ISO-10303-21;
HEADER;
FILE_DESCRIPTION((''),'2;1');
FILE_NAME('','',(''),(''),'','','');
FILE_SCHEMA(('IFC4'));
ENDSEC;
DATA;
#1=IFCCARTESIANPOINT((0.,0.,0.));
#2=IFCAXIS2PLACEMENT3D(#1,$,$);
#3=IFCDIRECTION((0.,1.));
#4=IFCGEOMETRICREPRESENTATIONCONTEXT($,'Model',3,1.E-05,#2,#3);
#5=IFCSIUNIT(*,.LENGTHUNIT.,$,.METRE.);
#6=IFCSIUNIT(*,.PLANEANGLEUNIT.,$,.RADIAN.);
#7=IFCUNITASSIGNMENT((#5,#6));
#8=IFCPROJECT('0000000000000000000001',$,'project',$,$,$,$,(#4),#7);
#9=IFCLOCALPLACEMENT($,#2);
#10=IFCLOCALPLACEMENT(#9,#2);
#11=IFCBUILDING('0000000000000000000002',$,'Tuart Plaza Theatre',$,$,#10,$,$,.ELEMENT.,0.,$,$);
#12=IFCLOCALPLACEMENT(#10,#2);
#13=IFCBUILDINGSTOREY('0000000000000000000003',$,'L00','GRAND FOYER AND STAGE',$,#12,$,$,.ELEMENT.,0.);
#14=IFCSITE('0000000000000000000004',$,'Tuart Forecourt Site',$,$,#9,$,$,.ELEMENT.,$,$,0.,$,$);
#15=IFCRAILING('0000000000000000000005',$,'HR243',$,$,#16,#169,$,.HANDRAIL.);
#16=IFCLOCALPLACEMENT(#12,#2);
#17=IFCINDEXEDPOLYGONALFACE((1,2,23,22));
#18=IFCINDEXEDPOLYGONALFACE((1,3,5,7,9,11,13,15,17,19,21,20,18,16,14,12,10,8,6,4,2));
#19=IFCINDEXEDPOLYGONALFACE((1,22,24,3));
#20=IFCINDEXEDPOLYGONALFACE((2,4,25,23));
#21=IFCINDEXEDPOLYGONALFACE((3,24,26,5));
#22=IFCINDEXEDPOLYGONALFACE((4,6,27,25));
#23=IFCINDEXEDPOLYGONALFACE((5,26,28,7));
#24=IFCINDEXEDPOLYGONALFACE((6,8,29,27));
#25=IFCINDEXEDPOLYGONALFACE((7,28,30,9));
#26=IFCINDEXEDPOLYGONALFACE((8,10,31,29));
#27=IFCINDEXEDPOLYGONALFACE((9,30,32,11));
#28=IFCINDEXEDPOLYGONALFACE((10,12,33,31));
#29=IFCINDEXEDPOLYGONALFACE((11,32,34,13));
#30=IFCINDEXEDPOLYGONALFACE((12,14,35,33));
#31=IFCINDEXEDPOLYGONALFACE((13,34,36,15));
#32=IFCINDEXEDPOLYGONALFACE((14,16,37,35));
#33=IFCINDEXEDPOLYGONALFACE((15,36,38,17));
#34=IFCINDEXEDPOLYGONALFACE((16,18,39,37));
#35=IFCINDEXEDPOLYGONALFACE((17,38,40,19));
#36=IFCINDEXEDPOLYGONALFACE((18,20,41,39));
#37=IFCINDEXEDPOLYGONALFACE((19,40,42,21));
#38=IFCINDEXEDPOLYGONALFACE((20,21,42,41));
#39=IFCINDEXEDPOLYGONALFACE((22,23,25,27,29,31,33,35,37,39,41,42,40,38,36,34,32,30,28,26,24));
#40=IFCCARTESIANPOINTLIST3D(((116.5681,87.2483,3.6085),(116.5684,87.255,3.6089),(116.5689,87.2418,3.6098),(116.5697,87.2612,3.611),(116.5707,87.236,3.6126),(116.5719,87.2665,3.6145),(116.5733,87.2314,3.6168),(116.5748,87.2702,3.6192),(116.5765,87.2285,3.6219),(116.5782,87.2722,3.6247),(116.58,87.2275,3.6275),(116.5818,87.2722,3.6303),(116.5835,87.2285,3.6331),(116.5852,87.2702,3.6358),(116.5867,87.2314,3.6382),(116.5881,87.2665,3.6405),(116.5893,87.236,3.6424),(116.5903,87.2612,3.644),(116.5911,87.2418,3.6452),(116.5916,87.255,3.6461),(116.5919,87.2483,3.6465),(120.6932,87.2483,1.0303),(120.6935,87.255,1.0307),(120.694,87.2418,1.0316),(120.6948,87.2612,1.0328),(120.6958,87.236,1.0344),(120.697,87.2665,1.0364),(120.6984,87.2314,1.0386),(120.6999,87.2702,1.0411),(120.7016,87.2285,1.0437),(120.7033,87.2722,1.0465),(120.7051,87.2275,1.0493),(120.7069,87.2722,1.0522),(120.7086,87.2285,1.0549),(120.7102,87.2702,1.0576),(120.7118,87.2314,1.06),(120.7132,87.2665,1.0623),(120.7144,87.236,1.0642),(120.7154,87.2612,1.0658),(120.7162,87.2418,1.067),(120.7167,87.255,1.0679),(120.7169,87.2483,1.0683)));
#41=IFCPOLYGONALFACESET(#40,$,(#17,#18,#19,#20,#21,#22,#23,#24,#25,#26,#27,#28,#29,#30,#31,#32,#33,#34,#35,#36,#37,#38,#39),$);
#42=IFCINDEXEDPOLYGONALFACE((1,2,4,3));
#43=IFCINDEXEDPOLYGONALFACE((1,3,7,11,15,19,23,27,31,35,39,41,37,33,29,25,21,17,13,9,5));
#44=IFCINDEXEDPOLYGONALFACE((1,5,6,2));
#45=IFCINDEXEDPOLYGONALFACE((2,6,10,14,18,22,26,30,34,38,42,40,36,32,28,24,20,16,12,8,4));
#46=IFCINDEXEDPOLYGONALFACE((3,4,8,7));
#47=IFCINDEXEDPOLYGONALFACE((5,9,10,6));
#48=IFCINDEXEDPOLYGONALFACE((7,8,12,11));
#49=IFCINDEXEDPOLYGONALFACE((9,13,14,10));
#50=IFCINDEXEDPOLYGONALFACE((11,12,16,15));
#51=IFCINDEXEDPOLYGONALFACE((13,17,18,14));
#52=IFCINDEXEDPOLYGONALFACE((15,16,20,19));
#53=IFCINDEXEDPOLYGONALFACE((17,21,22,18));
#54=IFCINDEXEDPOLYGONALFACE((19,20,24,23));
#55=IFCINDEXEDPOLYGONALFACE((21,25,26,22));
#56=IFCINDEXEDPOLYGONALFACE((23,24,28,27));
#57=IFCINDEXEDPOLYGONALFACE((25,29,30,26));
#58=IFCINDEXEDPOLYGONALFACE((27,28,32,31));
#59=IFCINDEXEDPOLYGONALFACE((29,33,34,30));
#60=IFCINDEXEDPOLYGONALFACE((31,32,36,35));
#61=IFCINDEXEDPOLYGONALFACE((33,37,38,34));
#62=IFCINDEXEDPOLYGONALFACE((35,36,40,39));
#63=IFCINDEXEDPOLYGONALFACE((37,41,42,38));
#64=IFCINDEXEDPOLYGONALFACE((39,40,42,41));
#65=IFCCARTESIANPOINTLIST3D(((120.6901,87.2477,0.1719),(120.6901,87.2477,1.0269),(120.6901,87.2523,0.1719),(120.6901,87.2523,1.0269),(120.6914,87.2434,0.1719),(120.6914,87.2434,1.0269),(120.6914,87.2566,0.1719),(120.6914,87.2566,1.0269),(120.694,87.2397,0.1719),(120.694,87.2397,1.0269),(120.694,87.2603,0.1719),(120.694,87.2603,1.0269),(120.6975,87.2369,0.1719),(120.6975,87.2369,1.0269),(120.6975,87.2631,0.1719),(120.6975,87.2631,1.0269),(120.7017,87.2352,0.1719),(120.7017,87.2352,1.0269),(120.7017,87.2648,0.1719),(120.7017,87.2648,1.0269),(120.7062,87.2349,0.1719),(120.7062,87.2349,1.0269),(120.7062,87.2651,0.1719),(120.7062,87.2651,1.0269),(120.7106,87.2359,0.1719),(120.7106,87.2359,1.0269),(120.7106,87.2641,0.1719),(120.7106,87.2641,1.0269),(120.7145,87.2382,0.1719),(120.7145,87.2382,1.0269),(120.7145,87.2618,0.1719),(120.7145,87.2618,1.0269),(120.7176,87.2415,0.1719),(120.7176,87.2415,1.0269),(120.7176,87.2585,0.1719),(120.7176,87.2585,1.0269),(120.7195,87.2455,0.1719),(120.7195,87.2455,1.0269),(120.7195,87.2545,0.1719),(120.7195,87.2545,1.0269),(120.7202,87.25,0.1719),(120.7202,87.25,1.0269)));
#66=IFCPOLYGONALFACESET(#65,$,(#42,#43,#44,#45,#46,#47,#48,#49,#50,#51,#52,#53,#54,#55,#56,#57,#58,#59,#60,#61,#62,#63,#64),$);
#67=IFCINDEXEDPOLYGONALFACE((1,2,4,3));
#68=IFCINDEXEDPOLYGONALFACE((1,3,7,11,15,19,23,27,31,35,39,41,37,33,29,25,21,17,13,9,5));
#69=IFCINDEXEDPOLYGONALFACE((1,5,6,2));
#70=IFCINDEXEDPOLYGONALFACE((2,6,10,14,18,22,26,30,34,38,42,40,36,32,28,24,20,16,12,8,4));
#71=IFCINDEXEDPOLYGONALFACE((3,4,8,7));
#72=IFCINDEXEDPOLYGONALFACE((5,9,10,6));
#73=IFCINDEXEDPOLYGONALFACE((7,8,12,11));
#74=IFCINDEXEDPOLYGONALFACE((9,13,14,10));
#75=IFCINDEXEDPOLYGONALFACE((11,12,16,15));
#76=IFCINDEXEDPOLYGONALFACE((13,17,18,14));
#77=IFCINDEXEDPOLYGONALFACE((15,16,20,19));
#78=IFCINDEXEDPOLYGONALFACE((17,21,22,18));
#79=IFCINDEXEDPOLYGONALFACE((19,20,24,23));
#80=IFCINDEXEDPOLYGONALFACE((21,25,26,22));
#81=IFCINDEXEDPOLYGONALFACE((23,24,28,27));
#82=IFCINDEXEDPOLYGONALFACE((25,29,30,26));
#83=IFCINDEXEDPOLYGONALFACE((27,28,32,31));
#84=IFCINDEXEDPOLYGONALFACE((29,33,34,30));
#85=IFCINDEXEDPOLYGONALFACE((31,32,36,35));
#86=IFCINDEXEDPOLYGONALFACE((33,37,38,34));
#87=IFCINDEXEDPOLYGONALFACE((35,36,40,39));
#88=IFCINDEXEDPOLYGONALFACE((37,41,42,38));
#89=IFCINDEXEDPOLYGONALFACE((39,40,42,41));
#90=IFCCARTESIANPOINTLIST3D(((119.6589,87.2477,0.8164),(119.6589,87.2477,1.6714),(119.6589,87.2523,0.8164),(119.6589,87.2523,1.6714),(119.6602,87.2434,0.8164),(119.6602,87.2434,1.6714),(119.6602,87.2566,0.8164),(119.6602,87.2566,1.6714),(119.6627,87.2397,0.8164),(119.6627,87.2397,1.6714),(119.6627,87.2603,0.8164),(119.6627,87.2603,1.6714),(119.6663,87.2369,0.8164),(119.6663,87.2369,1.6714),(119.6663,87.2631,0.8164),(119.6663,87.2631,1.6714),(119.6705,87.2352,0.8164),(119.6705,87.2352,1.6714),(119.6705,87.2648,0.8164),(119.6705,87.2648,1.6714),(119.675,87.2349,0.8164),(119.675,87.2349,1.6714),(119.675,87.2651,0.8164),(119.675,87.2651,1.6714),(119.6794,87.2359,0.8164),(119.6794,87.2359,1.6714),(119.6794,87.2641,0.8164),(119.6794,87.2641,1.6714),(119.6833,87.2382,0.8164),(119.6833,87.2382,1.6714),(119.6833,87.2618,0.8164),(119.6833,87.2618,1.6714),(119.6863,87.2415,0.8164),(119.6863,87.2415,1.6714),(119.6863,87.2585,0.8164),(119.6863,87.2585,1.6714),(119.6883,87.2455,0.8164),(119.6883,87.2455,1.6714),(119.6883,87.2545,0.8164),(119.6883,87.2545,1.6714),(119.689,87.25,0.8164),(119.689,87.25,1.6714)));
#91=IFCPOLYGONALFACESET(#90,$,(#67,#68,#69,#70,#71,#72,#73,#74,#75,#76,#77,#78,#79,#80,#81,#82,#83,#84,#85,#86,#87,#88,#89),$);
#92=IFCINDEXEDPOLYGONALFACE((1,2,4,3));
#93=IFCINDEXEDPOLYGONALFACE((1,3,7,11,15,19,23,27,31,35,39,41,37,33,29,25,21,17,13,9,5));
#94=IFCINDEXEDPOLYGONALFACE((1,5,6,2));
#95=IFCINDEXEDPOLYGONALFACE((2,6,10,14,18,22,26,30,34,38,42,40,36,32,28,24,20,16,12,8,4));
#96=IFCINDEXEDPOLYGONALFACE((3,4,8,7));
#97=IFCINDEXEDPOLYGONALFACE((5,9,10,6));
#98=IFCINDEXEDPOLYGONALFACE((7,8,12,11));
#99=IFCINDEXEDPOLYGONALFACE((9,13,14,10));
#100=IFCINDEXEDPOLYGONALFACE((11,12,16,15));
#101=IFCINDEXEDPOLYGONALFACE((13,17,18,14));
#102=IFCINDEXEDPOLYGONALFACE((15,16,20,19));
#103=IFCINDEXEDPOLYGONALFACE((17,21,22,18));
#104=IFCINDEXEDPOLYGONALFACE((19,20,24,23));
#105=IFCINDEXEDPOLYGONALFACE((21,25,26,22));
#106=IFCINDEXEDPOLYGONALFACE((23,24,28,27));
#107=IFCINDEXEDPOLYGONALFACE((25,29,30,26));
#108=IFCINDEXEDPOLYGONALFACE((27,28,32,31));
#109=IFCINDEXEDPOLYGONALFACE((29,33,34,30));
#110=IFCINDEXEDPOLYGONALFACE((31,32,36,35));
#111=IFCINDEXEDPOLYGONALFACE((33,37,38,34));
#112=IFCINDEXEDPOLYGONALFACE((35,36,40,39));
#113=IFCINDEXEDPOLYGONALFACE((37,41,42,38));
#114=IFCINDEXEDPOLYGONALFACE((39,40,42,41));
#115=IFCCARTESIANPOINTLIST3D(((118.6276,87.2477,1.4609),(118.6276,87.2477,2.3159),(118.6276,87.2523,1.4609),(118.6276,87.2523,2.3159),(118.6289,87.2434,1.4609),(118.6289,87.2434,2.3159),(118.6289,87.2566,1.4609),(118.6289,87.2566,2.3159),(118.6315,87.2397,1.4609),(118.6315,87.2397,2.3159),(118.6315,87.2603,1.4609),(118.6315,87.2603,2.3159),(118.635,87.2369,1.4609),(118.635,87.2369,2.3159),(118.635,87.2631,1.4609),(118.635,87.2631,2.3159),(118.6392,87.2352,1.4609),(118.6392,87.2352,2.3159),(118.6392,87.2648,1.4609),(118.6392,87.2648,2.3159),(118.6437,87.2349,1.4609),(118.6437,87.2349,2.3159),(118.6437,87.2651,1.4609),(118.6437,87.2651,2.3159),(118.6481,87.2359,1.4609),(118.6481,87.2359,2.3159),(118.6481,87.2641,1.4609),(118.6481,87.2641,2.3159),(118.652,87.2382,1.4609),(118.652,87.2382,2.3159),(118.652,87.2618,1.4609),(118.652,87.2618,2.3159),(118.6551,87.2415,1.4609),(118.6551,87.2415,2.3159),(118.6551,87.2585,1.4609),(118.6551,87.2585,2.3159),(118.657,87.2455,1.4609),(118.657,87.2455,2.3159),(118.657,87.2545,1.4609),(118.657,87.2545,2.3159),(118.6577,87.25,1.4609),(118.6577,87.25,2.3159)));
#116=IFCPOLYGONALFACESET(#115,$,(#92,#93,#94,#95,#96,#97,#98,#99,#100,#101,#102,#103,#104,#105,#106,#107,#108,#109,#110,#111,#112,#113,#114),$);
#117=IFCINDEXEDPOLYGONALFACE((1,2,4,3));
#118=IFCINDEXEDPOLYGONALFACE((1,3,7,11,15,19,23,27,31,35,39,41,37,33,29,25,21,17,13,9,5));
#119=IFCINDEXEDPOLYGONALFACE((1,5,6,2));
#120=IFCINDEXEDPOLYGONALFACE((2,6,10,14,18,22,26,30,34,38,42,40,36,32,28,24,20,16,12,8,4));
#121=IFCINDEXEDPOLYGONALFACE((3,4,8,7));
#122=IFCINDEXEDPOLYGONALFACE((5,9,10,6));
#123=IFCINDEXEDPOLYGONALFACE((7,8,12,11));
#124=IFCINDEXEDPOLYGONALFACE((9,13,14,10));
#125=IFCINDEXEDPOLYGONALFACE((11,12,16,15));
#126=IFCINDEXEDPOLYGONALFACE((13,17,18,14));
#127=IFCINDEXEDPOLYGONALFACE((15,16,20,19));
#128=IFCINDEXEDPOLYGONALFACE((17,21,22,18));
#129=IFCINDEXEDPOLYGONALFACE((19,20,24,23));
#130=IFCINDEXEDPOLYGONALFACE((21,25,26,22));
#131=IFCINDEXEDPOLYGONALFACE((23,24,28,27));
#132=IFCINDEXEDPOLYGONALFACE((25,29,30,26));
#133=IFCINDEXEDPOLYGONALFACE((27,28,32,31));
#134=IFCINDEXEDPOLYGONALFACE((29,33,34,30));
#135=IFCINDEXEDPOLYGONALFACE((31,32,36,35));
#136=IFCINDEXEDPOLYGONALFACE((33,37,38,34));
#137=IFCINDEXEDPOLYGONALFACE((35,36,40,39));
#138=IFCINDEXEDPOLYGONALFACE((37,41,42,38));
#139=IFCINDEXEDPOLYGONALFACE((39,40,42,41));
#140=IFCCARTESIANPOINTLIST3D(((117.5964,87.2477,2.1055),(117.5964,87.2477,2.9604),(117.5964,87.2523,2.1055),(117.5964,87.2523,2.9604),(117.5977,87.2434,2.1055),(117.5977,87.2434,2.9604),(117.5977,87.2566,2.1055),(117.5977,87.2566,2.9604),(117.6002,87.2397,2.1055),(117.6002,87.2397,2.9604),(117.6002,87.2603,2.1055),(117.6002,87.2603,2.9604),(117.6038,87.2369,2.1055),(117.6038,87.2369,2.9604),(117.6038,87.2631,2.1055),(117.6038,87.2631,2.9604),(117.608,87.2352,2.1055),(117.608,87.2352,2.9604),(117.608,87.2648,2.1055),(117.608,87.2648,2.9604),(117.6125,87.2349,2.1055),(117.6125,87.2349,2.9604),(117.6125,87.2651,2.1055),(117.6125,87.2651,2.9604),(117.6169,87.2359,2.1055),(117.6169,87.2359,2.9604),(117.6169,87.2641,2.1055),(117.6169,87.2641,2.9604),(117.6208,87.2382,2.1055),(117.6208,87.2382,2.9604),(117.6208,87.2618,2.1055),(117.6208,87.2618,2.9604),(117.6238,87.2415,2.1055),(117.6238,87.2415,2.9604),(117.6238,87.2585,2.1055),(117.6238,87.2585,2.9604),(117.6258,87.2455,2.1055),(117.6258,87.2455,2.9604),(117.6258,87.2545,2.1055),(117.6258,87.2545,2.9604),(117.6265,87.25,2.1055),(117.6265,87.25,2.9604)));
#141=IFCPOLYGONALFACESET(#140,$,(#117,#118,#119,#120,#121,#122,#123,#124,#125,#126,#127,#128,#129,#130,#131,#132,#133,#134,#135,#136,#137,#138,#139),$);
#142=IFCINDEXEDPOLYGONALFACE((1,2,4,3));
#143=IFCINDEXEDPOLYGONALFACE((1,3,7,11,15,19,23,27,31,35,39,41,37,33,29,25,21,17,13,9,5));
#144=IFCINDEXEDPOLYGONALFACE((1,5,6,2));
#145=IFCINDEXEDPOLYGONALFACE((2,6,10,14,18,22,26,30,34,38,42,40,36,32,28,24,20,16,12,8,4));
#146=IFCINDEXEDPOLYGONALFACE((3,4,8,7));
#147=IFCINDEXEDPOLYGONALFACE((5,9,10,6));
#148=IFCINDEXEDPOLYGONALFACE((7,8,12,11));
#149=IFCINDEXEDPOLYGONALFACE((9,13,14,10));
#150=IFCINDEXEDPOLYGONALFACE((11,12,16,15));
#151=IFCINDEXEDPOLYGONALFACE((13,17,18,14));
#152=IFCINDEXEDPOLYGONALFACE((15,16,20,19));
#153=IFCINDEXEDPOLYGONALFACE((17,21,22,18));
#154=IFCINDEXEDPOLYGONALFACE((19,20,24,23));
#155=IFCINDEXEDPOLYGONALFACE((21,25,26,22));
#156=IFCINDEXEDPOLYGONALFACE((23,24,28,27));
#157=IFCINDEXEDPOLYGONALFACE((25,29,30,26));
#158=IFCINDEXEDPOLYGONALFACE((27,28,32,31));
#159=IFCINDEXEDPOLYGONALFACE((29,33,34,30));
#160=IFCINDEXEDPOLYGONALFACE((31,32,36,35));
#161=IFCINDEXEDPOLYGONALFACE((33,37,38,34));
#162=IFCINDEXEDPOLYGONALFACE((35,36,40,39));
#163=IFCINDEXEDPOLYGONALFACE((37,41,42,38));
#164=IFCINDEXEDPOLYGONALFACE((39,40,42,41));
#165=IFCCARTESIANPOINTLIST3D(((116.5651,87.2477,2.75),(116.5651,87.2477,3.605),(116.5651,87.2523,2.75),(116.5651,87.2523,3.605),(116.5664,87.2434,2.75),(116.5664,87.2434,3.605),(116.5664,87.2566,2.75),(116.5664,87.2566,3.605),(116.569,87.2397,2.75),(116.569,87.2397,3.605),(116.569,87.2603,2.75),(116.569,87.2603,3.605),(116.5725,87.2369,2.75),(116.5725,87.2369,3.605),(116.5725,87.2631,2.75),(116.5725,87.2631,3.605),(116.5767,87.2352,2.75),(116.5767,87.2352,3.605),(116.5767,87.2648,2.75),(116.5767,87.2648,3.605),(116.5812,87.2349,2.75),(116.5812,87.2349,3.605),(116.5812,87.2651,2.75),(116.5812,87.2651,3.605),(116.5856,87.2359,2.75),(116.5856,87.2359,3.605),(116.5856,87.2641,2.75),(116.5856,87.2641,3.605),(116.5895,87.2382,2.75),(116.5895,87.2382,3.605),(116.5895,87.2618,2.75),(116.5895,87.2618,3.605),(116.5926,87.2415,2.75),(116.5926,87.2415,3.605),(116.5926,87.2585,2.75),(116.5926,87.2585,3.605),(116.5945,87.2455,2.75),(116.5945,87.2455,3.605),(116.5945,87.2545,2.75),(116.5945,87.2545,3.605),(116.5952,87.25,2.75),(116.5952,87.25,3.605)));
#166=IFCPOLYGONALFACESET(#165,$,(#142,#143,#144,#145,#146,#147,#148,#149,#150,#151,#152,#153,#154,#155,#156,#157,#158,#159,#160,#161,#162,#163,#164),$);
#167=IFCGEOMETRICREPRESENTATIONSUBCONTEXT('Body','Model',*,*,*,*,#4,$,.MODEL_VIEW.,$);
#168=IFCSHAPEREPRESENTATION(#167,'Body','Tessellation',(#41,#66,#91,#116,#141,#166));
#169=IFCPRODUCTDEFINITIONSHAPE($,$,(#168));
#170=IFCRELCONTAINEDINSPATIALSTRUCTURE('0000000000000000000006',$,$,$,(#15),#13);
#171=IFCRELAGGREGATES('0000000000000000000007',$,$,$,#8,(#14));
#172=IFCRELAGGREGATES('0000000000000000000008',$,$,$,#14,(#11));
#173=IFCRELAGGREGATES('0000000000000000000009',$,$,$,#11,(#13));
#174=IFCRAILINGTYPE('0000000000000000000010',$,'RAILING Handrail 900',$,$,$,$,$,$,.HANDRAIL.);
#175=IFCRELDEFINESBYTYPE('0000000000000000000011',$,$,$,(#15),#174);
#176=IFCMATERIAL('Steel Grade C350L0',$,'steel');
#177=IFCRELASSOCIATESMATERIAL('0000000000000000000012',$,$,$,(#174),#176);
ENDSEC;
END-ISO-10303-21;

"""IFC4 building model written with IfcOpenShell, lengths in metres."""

from ifc_helpers import new_model, si_unit, direction, frame, origin, origin_2d, place, context, subcontext, project, spatial, circle, extrude, material, type_object, element, save


model = new_model("IFC4")

# Units and contexts
model_context = context("Model", 3, precision=1e-05, world=origin(), true_north=direction((0.0, 1.0)))
body_context = subcontext(model_context, "Body", "Model", "MODEL_VIEW")
ifc_project = project(units=[si_unit("LENGTHUNIT", "METRE"), si_unit("PLANEANGLEUNIT", "RADIAN")], contexts=[model_context])

# Site, building, storey
site_placement = place(None, origin())
site = spatial("IfcSite", under=ifc_project, at=site_placement, Name="Tuart Forecourt Site", CompositionType="ELEMENT", RefElevation=0.0)
building_placement = place(site_placement, origin())
building = spatial("IfcBuilding", under=site, at=building_placement, Name="Tuart Plaza Theatre", CompositionType="ELEMENT", ElevationOfRefHeight=0.0)
storey_placement = place(building_placement, origin())
storey = spatial("IfcBuildingStorey", under=building, at=storey_placement, Name="L00", Description="GRAND FOYER AND STAGE", CompositionType="ELEMENT", Elevation=0.0)

# Railing
ifc_material_1 = material(Name="Steel Grade C350L0", Category="steel")
railing_type_1 = type_object("IfcRailingType", Name="RAILING Handrail 900", PredefinedType="HANDRAIL", material=ifc_material_1)
railing_1_placement = place(storey_placement, frame((120.7051, 87.25, 0.1719)))
element("IfcRailing", 1, at=railing_1_placement, inside=storey, type_object=railing_type_1, Name="HR243", PredefinedType="HANDRAIL", context=body_context, shape_type="SweptSolid", body=[
    extrude(circle(Radius=0.0225, at=origin_2d()), frame((0.0, 0.0, 0.8774), z_axis=(-0.847998, 0.0, 0.529999), x_axis=(0.0, -1.0, 0.0)), (0.0, 0.0, 1.0), 4.8645),
    extrude(circle(Radius=0.0151, at=origin_2d()), origin(), (0.0, 0.0, 1.0), 0.855),
    extrude(circle(Radius=0.0151, at=origin_2d()), frame((-1.0312, 0.0, 0.6445)), (0.0, 0.0, 1.0), 0.855),
    extrude(circle(Radius=0.0151, at=origin_2d()), frame((-2.0625, 0.0, 1.2891)), (0.0, 0.0, 1.0), 0.855),
    extrude(circle(Radius=0.0151, at=origin_2d()), frame((-3.0938, 0.0, 1.9336)), (0.0, 0.0, 1.0), 0.855),
    extrude(circle(Radius=0.0151, at=origin_2d()), frame((-4.125, 0.0, 2.5781)), (0.0, 0.0, 1.0), 0.855),
])

save(model, "model.ifc")
